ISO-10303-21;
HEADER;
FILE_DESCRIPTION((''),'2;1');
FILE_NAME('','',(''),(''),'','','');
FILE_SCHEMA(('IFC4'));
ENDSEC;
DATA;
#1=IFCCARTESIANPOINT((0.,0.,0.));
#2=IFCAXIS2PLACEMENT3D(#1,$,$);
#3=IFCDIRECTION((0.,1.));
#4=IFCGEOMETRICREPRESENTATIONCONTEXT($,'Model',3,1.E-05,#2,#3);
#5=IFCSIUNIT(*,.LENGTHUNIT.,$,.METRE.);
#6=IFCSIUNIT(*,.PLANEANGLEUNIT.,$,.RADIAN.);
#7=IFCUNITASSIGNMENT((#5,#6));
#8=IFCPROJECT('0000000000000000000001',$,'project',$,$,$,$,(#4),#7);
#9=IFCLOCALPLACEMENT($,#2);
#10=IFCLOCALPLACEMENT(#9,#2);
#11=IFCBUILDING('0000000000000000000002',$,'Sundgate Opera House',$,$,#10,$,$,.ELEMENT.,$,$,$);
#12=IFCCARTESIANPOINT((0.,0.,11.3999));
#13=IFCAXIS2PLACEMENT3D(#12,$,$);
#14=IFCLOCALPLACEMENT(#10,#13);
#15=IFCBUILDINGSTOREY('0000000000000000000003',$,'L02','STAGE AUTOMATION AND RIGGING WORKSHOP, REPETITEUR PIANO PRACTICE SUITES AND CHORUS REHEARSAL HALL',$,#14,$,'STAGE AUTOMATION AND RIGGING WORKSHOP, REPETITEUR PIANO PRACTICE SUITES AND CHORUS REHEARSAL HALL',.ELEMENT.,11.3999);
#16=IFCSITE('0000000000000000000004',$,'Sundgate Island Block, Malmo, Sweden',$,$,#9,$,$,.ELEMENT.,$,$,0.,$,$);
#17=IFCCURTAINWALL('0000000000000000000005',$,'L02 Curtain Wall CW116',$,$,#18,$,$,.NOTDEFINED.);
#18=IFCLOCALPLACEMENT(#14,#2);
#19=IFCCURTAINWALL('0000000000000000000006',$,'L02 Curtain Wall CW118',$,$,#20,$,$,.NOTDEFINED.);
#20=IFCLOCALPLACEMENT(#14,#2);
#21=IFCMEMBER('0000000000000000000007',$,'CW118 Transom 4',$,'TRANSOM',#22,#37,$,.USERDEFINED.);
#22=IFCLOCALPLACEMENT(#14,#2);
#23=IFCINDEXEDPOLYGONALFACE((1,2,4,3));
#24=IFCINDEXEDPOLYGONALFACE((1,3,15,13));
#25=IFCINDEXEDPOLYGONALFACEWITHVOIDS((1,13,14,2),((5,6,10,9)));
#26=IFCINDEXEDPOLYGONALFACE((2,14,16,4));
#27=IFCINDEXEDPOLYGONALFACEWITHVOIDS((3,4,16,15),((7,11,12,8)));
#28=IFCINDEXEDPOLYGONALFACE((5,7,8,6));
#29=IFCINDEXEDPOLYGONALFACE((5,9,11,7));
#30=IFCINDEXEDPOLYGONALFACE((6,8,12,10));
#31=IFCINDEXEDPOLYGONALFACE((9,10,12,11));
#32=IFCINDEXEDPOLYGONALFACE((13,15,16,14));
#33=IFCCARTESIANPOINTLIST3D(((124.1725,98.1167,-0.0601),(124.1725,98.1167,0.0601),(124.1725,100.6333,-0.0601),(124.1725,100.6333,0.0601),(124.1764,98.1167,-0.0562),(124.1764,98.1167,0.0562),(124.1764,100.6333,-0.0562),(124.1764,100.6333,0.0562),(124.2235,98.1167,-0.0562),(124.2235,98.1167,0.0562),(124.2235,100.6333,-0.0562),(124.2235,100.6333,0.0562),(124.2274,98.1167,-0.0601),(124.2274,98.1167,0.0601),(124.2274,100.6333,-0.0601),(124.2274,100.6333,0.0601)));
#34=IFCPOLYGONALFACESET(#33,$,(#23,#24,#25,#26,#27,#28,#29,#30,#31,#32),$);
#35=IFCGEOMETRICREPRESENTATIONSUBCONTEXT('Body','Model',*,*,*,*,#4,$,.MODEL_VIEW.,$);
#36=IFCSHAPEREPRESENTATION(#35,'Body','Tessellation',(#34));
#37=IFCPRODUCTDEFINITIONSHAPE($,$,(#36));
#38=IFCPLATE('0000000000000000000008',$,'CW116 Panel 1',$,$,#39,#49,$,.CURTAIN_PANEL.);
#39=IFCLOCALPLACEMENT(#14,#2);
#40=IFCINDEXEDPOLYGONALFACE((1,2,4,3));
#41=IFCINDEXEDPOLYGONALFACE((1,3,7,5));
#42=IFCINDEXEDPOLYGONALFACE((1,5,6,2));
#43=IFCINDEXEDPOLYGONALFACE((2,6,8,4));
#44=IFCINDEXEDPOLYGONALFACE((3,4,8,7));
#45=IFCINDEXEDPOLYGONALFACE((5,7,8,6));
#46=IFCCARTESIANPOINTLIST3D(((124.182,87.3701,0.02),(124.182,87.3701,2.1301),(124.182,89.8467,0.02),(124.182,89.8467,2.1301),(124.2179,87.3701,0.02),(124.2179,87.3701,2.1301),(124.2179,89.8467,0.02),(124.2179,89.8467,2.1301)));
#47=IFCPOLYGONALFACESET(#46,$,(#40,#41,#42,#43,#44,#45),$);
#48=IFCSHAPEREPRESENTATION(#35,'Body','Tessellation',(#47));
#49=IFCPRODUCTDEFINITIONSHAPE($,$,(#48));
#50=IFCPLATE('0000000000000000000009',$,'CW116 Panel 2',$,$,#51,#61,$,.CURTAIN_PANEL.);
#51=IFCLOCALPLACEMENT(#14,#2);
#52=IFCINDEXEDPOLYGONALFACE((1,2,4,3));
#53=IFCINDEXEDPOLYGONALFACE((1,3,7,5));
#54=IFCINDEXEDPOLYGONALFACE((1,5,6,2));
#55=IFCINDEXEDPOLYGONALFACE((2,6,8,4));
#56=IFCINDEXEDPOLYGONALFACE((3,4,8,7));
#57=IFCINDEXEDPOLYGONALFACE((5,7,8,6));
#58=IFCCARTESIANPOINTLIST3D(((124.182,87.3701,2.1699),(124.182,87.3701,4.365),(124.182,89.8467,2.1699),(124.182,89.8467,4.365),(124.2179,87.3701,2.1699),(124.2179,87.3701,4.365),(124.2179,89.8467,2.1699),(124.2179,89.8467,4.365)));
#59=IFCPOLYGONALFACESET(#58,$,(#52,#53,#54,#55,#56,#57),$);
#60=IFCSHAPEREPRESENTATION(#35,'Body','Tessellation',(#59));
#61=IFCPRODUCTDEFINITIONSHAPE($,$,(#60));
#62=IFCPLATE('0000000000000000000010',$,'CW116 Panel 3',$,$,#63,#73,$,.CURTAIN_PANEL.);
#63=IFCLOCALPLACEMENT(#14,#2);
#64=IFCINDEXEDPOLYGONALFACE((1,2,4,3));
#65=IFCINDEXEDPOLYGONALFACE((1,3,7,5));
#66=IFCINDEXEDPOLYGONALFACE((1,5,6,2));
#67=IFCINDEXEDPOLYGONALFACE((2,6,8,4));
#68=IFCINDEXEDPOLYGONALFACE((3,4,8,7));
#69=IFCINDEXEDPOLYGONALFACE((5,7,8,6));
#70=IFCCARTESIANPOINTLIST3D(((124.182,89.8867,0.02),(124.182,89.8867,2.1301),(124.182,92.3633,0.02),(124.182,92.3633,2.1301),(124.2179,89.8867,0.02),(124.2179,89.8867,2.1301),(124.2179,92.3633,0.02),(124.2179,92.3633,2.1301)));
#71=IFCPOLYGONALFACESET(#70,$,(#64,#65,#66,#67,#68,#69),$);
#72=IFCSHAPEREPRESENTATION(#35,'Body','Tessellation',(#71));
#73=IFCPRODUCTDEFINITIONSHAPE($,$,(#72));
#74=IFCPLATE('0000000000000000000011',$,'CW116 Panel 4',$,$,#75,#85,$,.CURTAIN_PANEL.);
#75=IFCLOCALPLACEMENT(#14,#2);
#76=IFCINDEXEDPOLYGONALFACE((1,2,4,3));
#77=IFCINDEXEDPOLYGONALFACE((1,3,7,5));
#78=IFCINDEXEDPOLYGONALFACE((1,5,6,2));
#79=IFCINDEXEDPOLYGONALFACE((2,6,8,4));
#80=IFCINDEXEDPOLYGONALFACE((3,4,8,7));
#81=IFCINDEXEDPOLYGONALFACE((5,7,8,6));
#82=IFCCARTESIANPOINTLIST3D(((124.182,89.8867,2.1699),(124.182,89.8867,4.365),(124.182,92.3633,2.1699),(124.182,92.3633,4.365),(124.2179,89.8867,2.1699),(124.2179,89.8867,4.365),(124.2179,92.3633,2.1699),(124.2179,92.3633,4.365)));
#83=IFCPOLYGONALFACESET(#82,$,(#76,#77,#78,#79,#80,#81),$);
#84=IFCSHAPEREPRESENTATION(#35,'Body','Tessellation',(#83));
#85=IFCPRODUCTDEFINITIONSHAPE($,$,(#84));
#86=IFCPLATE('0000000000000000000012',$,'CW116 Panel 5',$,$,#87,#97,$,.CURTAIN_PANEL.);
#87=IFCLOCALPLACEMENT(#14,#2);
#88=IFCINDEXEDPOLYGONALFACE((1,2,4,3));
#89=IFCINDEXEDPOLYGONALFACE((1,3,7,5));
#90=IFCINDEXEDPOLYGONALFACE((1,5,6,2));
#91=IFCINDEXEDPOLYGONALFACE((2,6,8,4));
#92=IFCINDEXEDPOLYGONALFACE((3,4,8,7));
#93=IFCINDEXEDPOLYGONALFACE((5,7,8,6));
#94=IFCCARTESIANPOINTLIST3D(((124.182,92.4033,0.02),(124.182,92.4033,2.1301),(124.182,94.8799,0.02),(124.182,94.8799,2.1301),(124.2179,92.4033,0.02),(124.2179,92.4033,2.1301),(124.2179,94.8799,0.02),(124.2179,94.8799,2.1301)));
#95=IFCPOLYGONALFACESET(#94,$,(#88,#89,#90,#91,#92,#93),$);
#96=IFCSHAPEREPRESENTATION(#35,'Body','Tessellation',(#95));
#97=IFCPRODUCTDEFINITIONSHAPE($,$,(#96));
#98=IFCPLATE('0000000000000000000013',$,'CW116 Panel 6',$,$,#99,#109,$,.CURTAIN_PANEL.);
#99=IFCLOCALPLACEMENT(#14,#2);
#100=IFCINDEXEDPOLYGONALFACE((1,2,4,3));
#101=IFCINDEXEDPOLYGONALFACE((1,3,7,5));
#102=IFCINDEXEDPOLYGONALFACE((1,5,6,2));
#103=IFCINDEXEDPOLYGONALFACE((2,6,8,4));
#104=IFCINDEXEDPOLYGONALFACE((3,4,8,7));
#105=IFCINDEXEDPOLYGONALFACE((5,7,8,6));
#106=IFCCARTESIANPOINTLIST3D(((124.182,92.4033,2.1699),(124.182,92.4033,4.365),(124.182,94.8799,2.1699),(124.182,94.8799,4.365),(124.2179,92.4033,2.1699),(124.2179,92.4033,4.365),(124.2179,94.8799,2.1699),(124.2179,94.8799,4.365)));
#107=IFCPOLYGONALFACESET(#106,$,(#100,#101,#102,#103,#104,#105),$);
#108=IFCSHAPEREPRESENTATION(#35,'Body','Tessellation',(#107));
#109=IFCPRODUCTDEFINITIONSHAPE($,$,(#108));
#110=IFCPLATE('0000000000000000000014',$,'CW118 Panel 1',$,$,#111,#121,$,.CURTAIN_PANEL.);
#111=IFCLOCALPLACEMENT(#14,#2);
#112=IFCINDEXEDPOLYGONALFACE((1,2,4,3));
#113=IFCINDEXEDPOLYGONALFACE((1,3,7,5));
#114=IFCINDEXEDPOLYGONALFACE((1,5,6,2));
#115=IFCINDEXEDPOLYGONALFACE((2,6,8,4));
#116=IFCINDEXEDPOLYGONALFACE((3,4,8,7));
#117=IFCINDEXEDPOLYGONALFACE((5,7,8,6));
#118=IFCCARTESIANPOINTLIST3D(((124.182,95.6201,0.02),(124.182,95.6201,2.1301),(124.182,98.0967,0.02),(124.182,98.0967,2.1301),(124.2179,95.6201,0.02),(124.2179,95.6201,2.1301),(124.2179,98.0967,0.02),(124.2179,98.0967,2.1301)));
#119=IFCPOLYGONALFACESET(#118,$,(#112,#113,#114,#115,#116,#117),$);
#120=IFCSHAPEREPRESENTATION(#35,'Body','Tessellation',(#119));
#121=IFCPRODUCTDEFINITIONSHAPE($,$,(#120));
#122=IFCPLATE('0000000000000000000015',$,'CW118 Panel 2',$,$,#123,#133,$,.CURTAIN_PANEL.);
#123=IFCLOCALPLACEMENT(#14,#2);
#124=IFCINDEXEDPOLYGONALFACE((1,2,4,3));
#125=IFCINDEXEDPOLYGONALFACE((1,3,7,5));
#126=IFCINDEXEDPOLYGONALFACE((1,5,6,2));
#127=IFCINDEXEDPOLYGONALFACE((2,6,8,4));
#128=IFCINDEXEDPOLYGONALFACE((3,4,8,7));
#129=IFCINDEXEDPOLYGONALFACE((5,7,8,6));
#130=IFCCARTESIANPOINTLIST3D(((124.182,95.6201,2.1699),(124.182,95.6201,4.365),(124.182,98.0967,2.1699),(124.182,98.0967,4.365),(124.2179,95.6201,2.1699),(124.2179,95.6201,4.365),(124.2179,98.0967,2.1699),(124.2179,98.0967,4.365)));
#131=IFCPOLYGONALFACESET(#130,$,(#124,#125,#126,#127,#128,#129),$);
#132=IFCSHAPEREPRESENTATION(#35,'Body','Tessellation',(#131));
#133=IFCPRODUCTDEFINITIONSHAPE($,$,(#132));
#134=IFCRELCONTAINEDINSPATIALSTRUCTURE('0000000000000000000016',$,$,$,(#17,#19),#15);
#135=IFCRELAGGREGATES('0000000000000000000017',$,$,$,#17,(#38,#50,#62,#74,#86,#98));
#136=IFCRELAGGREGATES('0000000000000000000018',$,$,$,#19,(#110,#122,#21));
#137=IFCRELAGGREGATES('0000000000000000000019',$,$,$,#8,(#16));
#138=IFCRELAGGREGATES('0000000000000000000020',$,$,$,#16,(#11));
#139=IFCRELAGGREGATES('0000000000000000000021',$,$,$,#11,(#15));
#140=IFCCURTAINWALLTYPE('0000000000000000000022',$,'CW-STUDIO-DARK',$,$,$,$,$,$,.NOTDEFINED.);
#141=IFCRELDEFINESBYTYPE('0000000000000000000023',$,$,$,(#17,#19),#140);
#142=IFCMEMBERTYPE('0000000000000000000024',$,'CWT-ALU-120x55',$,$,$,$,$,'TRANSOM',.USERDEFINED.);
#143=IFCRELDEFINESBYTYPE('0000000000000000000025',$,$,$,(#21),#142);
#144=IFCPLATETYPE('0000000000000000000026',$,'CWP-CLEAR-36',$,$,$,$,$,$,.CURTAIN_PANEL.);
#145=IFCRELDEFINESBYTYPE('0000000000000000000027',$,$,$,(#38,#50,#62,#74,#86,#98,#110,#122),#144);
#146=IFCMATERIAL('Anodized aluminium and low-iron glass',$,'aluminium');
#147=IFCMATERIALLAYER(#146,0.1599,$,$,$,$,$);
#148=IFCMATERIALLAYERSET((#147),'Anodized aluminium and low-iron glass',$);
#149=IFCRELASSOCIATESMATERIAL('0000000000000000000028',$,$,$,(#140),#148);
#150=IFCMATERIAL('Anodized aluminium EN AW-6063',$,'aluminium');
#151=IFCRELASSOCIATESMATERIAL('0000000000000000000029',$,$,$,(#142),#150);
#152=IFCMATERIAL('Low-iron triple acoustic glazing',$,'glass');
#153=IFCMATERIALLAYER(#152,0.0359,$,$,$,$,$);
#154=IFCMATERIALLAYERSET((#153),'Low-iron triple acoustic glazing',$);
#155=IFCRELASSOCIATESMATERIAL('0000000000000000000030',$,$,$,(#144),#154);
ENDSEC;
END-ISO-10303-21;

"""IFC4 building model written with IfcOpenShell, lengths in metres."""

from ifc_helpers import new_model, si_unit, direction, frame, origin, origin_2d, place, context, subcontext, project, spatial, rectangle, hollow_rectangle, extrude, material, layer, layer_set, material_profile, profile_set, type_object, element, aggregate, save


model = new_model("IFC4")

# Units and contexts
model_context = context("Model", 3, precision=1e-05, world=origin(), true_north=direction((0.0, 1.0)))
body_context = subcontext(model_context, "Body", "Model", "MODEL_VIEW")
ifc_project = project(units=[si_unit("LENGTHUNIT", "METRE"), si_unit("PLANEANGLEUNIT", "RADIAN")], contexts=[model_context])

# Site, building, storey
site_placement = place(None, origin())
site = spatial("IfcSite", under=ifc_project, at=site_placement, Name="Sundgate Island Block, Malmo, Sweden", CompositionType="ELEMENT", RefElevation=0.0)
building_placement = place(site_placement, origin())
building = spatial("IfcBuilding", under=site, at=building_placement, Name="Sundgate Opera House", CompositionType="ELEMENT")
storey_placement = place(building_placement, frame((0.0, 0.0, 11.3999)))
storey = spatial("IfcBuildingStorey", under=building, at=storey_placement, Name="L02", Description="STAGE AUTOMATION AND RIGGING WORKSHOP, REPETITEUR PIANO PRACTICE SUITES AND CHORUS REHEARSAL HALL", LongName="STAGE AUTOMATION AND RIGGING WORKSHOP, REPETITEUR PIANO PRACTICE SUITES AND CHORUS REHEARSAL HALL", CompositionType="ELEMENT", Elevation=11.3999)

# Curtain walls
ifc_material_1 = material(Name="Anodized aluminium and low-iron glass", Category="aluminium")
ifc_layer_1 = layer(ifc_material_1, 0.1599)
ifc_layer_set_1 = layer_set([ifc_layer_1], Name="Anodized aluminium and low-iron glass")
curtain_wall_type = type_object("IfcCurtainWallType", Name="CW-STUDIO-DARK", PredefinedType="NOTDEFINED", material=ifc_layer_set_1)
curtain_wall_1_placement = place(storey_placement, origin())
curtain_wall_1 = element("IfcCurtainWall", 1, at=curtain_wall_1_placement, inside=storey, type_object=curtain_wall_type, Name="L02 Curtain Wall CW116", PredefinedType="NOTDEFINED")
curtain_wall_2_placement = place(storey_placement, origin())
curtain_wall_2 = element("IfcCurtainWall", 2, at=curtain_wall_2_placement, inside=storey, type_object=curtain_wall_type, Name="L02 Curtain Wall CW118", PredefinedType="NOTDEFINED")

# Member
ifc_material_2 = material(Name="Anodized aluminium EN AW-6063", Category="aluminium")
ifc_material_profile_1 = material_profile(ifc_material_2, hollow_rectangle(XDim=0.0549, YDim=0.1201, WallThickness=0.0039, at=origin_2d()), Name="CWT 120x55x4")
ifc_profile_set_1 = profile_set([ifc_material_profile_1], Name="Anodized aluminium EN AW-6063")
member_type_1 = type_object("IfcMemberType", Name="CWT-ALU-120x55", ElementType="TRANSOM", PredefinedType="USERDEFINED", material=ifc_profile_set_1)
member_1_placement = place(storey_placement, frame((124.2, 98.1167, 0.0), z_axis=(0.0, 1.0, 0.0), x_axis=(-1.0, 0.0, 0.0)))
member_1 = element("IfcMember", 3, at=member_1_placement, type_object=member_type_1, Name="CW118 Transom 4", ObjectType="TRANSOM", PredefinedType="USERDEFINED", context=body_context, shape_type="SweptSolid", body=[
    extrude(hollow_rectangle(XDim=0.0549, YDim=0.1201, WallThickness=0.0039, at=origin_2d()), origin(), (0.0, 0.0, 1.0), 2.5166),
])

# Plates
ifc_material_3 = material(Name="Low-iron triple acoustic glazing", Category="glass")
ifc_layer_2 = layer(ifc_material_3, 0.0359)
ifc_layer_set_2 = layer_set([ifc_layer_2], Name="Low-iron triple acoustic glazing")
plate_type = type_object("IfcPlateType", Name="CWP-CLEAR-36", PredefinedType="CURTAIN_PANEL", material=ifc_layer_set_2)
plate_1_placement = place(storey_placement, frame((124.2, 88.6084, 0.02), z_axis=(0.0, 0.0, 1.0), x_axis=(0.0, 1.0, 0.0)))
plate_1 = element("IfcPlate", 4, at=plate_1_placement, type_object=plate_type, Name="CW116 Panel 1", PredefinedType="CURTAIN_PANEL", context=body_context, shape_type="SweptSolid", body=[
    extrude(rectangle(XDim=2.4766, YDim=0.0359, at=origin_2d()), origin(), (0.0, 0.0, 1.0), 2.1101),
])
plate_2_placement = place(storey_placement, frame((124.2, 88.6084, 2.1699), z_axis=(0.0, 0.0, 1.0), x_axis=(0.0, 1.0, 0.0)))
plate_2 = element("IfcPlate", 5, at=plate_2_placement, type_object=plate_type, Name="CW116 Panel 2", PredefinedType="CURTAIN_PANEL", context=body_context, shape_type="SweptSolid", body=[
    extrude(rectangle(XDim=2.4766, YDim=0.0359, at=origin_2d()), origin(), (0.0, 0.0, 1.0), 2.1951),
])
plate_3_placement = place(storey_placement, frame((124.2, 91.125, 0.02), z_axis=(0.0, 0.0, 1.0), x_axis=(0.0, 1.0, 0.0)))
plate_3 = element("IfcPlate", 6, at=plate_3_placement, type_object=plate_type, Name="CW116 Panel 3", PredefinedType="CURTAIN_PANEL", context=body_context, shape_type="SweptSolid", body=[
    extrude(rectangle(XDim=2.4766, YDim=0.0359, at=origin_2d()), origin(), (0.0, 0.0, 1.0), 2.1101),
])
plate_4_placement = place(storey_placement, frame((124.2, 91.125, 2.1699), z_axis=(0.0, 0.0, 1.0), x_axis=(0.0, 1.0, 0.0)))
plate_4 = element("IfcPlate", 7, at=plate_4_placement, type_object=plate_type, Name="CW116 Panel 4", PredefinedType="CURTAIN_PANEL", context=body_context, shape_type="SweptSolid", body=[
    extrude(rectangle(XDim=2.4766, YDim=0.0359, at=origin_2d()), origin(), (0.0, 0.0, 1.0), 2.1951),
])
plate_5_placement = place(storey_placement, frame((124.2, 93.6416, 0.02), z_axis=(0.0, 0.0, 1.0), x_axis=(0.0, 1.0, 0.0)))
plate_5 = element("IfcPlate", 8, at=plate_5_placement, type_object=plate_type, Name="CW116 Panel 5", PredefinedType="CURTAIN_PANEL", context=body_context, shape_type="SweptSolid", body=[
    extrude(rectangle(XDim=2.4766, YDim=0.0359, at=origin_2d()), origin(), (0.0, 0.0, 1.0), 2.1101),
])
plate_6_placement = place(storey_placement, frame((124.2, 93.6416, 2.1699), z_axis=(0.0, 0.0, 1.0), x_axis=(0.0, 1.0, 0.0)))
plate_6 = element("IfcPlate", 9, at=plate_6_placement, type_object=plate_type, Name="CW116 Panel 6", PredefinedType="CURTAIN_PANEL", context=body_context, shape_type="SweptSolid", body=[
    extrude(rectangle(XDim=2.4766, YDim=0.0359, at=origin_2d()), origin(), (0.0, 0.0, 1.0), 2.1951),
])
aggregate(curtain_wall_1, [plate_1, plate_2, plate_3, plate_4, plate_5, plate_6])
plate_7_placement = place(storey_placement, frame((124.2, 96.8584, 0.02), z_axis=(0.0, 0.0, 1.0), x_axis=(0.0, 1.0, 0.0)))
plate_7 = element("IfcPlate", 10, at=plate_7_placement, type_object=plate_type, Name="CW118 Panel 1", PredefinedType="CURTAIN_PANEL", context=body_context, shape_type="SweptSolid", body=[
    extrude(rectangle(XDim=2.4766, YDim=0.0359, at=origin_2d()), origin(), (0.0, 0.0, 1.0), 2.1101),
])
plate_8_placement = place(storey_placement, frame((124.2, 96.8584, 2.1699), z_axis=(0.0, 0.0, 1.0), x_axis=(0.0, 1.0, 0.0)))
plate_8 = element("IfcPlate", 11, at=plate_8_placement, type_object=plate_type, Name="CW118 Panel 2", PredefinedType="CURTAIN_PANEL", context=body_context, shape_type="SweptSolid", body=[
    extrude(rectangle(XDim=2.4766, YDim=0.0359, at=origin_2d()), origin(), (0.0, 0.0, 1.0), 2.1951),
])
aggregate(curtain_wall_2, [plate_7, plate_8, member_1])

save(model, "model.ifc")
